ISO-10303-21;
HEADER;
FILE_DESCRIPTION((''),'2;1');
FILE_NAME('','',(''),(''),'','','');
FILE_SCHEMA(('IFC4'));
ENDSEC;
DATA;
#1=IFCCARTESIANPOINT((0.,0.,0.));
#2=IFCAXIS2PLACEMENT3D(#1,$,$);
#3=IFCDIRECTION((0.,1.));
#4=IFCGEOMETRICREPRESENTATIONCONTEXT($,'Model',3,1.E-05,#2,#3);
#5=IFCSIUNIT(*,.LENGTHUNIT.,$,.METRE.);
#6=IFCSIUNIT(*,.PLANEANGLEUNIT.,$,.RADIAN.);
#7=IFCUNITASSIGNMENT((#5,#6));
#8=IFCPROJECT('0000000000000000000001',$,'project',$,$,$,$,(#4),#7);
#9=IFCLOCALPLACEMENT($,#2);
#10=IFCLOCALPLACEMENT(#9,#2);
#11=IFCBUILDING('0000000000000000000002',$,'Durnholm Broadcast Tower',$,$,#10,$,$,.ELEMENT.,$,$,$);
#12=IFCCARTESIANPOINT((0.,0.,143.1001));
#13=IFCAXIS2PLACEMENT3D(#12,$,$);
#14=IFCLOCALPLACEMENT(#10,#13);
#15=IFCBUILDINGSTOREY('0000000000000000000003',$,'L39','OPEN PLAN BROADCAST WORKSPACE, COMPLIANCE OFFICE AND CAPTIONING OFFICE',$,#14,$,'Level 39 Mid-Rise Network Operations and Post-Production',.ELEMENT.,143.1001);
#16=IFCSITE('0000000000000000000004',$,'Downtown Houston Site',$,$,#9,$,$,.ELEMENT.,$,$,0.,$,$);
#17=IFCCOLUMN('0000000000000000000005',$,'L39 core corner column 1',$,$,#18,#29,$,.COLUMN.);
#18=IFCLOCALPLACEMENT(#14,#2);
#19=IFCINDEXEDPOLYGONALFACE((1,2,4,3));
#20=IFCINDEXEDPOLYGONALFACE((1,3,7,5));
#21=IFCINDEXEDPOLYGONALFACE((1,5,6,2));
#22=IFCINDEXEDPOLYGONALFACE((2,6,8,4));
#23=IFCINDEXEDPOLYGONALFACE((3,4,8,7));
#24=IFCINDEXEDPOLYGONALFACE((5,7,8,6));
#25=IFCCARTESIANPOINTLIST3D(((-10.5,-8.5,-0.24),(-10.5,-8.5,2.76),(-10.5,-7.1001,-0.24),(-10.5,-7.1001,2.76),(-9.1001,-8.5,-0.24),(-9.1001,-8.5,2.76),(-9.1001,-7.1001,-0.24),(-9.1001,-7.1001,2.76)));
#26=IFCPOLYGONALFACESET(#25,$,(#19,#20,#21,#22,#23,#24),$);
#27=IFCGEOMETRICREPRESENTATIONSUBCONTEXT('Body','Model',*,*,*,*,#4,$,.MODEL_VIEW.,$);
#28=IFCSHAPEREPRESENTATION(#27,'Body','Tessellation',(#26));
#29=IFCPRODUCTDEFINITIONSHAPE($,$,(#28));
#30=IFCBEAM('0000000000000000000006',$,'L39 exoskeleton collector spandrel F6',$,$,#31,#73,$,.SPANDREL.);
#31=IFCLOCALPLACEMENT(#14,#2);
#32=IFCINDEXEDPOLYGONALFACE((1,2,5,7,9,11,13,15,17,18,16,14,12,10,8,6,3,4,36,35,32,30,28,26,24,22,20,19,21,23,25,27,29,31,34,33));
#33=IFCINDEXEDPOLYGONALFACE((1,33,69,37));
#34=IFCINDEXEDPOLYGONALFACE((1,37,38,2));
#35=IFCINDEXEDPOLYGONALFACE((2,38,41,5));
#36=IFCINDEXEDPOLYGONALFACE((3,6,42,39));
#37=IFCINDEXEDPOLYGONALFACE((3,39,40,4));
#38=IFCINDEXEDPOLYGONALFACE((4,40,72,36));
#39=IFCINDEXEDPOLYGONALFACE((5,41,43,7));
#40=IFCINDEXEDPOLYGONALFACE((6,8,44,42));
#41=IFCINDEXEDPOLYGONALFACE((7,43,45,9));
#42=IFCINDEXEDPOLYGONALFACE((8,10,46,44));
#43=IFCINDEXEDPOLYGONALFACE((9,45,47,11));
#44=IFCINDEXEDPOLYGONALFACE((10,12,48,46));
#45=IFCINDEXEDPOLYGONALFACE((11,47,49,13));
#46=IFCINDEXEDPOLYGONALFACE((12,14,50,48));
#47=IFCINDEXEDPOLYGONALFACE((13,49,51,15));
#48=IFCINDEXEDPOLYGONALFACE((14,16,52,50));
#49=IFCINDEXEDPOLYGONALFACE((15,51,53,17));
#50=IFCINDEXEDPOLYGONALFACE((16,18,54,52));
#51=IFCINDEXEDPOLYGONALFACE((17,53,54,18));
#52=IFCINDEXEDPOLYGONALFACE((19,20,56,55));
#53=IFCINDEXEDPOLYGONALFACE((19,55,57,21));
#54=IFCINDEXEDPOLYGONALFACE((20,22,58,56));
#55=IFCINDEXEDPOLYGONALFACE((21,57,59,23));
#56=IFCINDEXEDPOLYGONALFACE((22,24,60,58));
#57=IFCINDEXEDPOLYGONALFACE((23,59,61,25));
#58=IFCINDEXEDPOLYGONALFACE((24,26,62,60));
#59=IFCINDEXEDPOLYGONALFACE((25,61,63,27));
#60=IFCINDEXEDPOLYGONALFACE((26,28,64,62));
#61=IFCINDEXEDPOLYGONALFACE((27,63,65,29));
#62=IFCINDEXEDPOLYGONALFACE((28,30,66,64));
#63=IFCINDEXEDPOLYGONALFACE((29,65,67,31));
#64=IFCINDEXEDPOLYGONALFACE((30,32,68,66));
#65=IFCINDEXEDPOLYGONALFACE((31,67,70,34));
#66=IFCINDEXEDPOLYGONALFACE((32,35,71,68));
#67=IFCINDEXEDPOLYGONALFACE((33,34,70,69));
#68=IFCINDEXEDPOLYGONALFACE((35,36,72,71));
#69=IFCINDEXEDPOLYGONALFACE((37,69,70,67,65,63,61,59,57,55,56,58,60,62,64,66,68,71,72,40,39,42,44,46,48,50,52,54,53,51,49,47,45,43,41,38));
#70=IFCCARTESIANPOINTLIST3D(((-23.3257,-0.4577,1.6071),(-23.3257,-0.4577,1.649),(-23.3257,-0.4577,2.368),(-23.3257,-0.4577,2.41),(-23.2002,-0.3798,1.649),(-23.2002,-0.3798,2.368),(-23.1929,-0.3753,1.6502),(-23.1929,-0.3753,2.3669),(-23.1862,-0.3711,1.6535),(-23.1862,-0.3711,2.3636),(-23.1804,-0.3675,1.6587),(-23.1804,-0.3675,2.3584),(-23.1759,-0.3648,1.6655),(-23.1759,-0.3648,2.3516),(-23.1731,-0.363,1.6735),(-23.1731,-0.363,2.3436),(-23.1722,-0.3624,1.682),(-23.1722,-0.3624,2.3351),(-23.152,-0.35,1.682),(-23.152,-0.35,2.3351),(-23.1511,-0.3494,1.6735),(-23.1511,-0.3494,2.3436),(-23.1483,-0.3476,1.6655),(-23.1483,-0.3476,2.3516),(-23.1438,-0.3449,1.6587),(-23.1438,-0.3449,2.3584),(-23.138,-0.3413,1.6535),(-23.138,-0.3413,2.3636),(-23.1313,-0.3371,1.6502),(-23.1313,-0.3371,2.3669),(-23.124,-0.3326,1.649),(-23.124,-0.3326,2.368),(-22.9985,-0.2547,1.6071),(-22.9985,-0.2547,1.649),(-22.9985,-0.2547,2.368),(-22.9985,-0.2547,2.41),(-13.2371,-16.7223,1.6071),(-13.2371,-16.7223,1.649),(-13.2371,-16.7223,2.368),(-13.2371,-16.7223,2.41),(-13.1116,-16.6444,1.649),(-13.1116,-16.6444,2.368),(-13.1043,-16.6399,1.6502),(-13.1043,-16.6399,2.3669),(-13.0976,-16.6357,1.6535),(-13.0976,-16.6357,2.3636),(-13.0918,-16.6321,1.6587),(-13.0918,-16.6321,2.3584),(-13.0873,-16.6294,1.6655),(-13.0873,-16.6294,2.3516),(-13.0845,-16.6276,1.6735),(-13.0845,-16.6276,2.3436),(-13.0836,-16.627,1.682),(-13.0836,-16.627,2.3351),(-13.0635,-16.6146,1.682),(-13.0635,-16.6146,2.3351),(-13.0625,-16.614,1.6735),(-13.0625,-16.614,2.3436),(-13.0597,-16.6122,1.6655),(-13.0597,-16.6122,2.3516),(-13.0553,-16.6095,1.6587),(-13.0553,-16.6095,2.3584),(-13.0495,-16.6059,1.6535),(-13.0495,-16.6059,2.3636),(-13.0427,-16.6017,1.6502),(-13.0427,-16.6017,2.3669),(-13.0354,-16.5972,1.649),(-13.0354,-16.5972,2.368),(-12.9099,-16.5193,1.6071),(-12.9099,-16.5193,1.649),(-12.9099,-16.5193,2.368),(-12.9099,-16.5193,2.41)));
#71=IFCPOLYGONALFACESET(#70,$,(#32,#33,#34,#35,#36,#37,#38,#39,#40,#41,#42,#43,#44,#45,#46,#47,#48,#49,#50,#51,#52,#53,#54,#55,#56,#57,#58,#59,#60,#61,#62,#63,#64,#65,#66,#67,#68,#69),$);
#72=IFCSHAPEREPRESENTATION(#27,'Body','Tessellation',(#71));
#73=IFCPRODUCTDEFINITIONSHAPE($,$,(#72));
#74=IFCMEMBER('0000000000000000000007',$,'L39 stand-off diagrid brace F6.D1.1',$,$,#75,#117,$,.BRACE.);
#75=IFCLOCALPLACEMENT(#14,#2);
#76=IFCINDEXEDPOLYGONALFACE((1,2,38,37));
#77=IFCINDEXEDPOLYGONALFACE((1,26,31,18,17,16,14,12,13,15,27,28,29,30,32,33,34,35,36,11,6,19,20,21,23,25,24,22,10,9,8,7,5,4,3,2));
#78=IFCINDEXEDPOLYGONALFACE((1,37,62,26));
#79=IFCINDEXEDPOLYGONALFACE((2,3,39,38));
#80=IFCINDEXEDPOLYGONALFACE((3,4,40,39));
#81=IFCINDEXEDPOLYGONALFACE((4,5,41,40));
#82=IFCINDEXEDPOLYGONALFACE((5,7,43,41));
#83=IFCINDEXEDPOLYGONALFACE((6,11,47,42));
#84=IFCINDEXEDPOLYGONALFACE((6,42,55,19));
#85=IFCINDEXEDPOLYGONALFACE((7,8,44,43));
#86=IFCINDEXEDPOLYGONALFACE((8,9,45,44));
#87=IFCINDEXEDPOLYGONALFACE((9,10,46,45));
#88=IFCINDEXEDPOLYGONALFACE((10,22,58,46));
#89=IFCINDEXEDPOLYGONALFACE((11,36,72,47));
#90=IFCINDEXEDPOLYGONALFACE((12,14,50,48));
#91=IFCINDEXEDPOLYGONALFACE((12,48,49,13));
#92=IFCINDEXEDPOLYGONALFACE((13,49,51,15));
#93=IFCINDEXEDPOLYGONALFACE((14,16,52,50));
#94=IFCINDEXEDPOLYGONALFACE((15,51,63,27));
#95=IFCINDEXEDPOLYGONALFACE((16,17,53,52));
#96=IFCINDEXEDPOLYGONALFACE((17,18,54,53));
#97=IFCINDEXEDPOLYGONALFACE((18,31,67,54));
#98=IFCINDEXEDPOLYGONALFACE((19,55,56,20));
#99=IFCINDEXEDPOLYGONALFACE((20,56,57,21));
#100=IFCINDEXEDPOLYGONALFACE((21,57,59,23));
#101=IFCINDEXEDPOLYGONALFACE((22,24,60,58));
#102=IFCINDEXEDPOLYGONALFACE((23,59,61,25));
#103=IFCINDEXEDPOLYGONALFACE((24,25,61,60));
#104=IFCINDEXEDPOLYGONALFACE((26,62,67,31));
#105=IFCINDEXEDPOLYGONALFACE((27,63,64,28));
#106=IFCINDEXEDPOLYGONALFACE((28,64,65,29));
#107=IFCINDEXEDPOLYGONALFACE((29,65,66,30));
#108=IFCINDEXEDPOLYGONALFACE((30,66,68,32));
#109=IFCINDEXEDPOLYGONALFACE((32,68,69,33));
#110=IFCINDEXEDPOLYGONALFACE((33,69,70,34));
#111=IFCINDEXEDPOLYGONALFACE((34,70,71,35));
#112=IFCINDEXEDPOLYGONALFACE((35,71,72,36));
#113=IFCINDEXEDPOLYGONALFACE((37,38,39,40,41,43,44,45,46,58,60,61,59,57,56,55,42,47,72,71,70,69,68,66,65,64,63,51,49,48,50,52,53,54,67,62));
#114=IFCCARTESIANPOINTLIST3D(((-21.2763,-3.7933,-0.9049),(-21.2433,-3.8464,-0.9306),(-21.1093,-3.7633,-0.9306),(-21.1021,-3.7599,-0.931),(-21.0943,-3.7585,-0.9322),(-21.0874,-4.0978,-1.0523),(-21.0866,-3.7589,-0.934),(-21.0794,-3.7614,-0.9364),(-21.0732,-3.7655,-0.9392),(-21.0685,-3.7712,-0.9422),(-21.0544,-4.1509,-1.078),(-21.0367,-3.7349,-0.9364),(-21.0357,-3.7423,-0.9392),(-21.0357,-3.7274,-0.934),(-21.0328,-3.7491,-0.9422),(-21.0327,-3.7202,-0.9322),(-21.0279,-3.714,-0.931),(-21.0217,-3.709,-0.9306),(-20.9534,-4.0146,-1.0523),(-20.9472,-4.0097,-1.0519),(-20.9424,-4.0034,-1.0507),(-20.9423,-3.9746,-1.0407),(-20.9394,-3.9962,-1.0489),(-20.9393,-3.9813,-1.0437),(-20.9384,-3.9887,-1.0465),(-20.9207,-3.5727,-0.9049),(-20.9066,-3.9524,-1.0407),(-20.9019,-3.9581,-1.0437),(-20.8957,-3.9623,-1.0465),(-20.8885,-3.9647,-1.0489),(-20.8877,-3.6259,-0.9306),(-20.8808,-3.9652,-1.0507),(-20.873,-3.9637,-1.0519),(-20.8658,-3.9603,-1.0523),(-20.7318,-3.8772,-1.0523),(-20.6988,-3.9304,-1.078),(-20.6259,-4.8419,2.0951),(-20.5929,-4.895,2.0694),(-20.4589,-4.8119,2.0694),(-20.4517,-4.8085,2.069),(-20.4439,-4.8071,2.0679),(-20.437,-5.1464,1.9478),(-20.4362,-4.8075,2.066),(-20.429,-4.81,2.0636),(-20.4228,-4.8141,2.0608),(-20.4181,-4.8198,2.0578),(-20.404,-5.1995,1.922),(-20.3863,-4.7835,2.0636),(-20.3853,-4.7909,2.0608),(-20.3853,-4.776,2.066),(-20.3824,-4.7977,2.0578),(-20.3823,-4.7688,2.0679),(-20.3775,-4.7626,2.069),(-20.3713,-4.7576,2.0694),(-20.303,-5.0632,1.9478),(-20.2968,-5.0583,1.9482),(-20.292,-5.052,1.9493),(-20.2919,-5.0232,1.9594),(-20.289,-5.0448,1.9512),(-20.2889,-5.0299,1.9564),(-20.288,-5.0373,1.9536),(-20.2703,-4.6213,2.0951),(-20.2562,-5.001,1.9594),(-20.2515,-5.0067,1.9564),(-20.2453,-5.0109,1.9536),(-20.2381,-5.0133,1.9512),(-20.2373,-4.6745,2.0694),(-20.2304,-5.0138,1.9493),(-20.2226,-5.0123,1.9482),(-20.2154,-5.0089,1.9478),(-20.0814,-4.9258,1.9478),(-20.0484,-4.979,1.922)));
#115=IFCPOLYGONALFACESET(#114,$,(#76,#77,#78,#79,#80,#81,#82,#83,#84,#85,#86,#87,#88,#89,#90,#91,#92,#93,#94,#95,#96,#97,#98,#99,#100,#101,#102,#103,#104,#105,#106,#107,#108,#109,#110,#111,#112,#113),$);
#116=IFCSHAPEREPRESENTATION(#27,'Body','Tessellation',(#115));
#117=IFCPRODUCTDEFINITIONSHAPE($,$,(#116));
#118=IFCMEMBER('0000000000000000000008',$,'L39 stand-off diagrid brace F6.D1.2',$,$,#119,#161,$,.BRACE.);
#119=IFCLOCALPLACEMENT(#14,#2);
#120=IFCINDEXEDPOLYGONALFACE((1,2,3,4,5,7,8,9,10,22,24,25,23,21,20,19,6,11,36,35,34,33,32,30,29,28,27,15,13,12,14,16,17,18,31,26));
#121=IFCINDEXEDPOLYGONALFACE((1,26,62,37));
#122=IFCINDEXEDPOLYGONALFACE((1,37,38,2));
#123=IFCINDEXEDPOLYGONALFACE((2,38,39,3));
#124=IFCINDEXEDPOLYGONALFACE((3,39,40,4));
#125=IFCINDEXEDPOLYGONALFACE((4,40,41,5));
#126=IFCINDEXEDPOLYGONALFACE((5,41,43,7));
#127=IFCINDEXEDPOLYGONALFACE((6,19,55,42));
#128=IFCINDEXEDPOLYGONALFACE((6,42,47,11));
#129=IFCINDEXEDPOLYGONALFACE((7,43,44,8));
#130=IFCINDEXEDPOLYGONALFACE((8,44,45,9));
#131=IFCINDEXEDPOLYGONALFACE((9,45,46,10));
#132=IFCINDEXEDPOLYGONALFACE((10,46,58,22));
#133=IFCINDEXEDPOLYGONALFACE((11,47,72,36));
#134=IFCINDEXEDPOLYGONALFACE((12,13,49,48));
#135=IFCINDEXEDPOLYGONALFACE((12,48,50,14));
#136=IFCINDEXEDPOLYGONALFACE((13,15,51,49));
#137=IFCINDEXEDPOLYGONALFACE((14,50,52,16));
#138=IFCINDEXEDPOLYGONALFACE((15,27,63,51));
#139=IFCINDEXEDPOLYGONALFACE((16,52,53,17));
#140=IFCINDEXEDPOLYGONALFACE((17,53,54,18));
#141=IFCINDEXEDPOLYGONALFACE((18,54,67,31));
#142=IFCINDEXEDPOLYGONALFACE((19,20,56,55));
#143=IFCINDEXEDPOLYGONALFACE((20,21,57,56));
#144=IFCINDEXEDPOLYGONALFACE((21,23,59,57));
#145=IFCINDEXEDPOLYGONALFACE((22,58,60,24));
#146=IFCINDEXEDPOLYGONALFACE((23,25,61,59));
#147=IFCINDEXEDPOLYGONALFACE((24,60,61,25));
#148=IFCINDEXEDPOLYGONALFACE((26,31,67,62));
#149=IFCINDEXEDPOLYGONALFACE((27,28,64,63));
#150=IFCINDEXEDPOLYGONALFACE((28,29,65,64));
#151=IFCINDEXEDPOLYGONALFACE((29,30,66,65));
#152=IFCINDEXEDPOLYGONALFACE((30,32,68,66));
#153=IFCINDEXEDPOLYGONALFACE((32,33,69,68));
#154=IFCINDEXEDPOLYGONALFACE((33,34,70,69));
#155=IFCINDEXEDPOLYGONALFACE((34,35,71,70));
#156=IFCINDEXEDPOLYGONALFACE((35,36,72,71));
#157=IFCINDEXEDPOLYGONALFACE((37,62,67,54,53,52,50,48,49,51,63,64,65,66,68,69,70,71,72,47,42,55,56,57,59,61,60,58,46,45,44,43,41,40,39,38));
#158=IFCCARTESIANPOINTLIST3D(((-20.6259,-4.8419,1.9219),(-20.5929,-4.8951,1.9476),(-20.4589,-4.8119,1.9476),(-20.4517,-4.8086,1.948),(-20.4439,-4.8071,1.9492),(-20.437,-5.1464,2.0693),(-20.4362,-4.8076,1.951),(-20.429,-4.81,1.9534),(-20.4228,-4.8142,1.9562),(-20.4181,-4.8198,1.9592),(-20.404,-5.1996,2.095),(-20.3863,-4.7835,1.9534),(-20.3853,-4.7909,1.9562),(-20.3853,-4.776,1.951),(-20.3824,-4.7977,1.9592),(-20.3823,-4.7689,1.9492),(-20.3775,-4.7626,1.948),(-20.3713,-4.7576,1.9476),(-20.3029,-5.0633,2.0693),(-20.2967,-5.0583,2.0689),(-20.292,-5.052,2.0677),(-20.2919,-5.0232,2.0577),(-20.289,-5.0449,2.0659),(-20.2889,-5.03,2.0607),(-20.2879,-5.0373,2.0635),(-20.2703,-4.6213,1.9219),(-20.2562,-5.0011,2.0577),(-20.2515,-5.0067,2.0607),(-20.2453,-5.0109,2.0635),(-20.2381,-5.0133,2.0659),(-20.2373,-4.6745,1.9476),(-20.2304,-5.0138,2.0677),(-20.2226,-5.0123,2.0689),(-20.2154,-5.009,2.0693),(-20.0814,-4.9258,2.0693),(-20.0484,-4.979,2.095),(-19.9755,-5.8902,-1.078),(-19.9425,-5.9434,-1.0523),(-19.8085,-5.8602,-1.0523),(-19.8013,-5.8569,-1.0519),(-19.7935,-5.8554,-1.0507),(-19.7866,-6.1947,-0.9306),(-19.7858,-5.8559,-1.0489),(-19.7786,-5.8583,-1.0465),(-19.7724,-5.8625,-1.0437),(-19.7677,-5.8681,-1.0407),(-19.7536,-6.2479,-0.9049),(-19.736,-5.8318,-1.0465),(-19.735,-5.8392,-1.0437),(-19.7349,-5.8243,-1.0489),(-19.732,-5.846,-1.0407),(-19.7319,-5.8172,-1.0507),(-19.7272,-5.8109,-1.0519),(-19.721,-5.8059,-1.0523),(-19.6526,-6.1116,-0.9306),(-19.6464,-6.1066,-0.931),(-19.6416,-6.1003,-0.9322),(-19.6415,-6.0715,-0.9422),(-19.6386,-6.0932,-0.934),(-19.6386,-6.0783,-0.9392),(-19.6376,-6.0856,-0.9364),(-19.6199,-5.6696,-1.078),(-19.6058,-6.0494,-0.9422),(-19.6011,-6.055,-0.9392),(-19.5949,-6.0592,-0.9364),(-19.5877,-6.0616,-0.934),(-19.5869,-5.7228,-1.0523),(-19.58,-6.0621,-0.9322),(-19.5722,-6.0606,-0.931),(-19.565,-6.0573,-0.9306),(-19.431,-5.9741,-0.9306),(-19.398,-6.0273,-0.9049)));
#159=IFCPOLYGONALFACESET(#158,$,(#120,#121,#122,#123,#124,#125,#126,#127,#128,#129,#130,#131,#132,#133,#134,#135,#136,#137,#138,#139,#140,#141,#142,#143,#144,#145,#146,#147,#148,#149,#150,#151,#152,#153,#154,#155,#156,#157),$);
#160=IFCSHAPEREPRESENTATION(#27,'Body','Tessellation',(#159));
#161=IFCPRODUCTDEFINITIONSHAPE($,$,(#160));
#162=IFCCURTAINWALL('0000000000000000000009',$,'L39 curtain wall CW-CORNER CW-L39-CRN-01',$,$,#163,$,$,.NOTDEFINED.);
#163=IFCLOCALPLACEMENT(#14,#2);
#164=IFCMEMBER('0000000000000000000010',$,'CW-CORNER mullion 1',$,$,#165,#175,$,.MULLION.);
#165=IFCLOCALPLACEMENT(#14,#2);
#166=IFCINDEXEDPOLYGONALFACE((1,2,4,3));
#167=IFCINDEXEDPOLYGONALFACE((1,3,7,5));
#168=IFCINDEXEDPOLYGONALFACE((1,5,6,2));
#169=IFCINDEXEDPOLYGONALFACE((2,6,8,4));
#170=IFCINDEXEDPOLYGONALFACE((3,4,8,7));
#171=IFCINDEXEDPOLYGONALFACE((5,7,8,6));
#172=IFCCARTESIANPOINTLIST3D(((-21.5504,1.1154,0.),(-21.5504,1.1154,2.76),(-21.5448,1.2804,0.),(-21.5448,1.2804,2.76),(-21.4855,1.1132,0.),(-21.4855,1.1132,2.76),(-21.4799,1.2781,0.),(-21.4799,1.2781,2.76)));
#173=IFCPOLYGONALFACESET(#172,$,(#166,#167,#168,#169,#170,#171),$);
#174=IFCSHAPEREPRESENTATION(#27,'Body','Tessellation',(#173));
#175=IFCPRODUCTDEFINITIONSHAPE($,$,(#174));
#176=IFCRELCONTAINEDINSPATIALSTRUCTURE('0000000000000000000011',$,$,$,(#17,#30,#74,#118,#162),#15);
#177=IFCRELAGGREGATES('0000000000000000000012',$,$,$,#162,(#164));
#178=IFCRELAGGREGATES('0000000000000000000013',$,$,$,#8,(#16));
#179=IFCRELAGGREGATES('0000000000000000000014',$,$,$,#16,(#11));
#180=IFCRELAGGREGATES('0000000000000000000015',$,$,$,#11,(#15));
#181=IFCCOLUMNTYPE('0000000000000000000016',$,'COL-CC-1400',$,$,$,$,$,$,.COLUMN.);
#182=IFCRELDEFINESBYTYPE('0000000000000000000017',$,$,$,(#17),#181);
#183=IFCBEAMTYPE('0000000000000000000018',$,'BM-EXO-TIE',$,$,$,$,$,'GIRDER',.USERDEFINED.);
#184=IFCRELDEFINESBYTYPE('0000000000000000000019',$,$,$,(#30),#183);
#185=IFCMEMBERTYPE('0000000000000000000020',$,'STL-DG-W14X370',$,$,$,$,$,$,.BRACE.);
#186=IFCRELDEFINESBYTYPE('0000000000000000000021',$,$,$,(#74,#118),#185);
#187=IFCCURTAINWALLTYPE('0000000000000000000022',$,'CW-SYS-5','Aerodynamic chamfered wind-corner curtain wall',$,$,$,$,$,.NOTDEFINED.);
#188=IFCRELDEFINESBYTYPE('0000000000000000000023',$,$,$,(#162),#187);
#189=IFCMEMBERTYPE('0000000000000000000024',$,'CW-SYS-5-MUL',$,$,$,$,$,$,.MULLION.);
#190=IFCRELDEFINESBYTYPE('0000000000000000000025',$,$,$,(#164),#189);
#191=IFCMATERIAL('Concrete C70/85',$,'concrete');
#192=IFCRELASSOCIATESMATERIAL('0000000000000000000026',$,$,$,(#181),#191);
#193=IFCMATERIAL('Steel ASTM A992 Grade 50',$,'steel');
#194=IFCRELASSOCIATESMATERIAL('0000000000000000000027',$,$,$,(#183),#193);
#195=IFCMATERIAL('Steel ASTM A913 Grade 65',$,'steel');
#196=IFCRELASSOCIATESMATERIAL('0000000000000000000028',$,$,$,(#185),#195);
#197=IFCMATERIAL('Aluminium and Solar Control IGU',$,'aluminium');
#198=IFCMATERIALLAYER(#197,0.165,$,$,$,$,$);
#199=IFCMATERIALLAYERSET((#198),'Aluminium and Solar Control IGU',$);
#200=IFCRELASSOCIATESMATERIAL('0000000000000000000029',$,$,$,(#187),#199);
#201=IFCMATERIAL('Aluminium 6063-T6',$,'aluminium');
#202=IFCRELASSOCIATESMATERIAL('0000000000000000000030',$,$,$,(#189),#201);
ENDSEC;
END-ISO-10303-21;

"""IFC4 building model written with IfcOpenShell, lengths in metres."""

from ifc_helpers import new_model, si_unit, direction, frame, origin, origin_2d, place, context, subcontext, project, spatial, rectangle, i_section, extrude, source, transform, mapped, material, layer, layer_set, material_profile, profile_set, type_object, type_shapes, element, aggregate, save


model = new_model("IFC4")

# Units and contexts
model_context = context("Model", 3, precision=1e-05, world=origin(), true_north=direction((0.0, 1.0)))
body_context = subcontext(model_context, "Body", "Model", "MODEL_VIEW")
ifc_project = project(units=[si_unit("LENGTHUNIT", "METRE"), si_unit("PLANEANGLEUNIT", "RADIAN")], contexts=[model_context])

# Site, building, storey
site_placement = place(None, origin())
site = spatial("IfcSite", under=ifc_project, at=site_placement, Name="Downtown Houston Site", CompositionType="ELEMENT", RefElevation=0.0)
building_placement = place(site_placement, origin())
building = spatial("IfcBuilding", under=site, at=building_placement, Name="Durnholm Broadcast Tower", CompositionType="ELEMENT")
storey_placement = place(building_placement, frame((0.0, 0.0, 143.1001)))
storey = spatial("IfcBuildingStorey", under=building, at=storey_placement, Name="L39", Description="OPEN PLAN BROADCAST WORKSPACE, COMPLIANCE OFFICE AND CAPTIONING OFFICE", LongName="Level 39 Mid-Rise Network Operations and Post-Production", CompositionType="ELEMENT", Elevation=143.1001)

# Column
ifc_material_1 = material(Name="Concrete C70/85", Category="concrete")
ifc_material_profile_1 = material_profile(ifc_material_1, rectangle(XDim=1.3999, YDim=1.3999, at=origin_2d()), Name="RC1400X1400")
ifc_profile_set_1 = profile_set([ifc_material_profile_1], Name="Concrete C70/85")
column_type = type_object("IfcColumnType", Name="COL-CC-1400", PredefinedType="COLUMN", material=ifc_profile_set_1)
shared_shape_1 = source(origin(), body_context, "Body", "SweptSolid", [
    extrude(rectangle(XDim=1.3999, YDim=1.3999, at=origin_2d()), origin(), (0.0, 0.0, 1.0), 3.0),
])
type_shapes(column_type, [shared_shape_1])
column_placement = place(storey_placement, frame((-9.8, -7.8, -0.24), z_axis=(0.0, 0.0, 1.0), x_axis=(1.0, 0.0, 0.0)))
element("IfcColumn", 1, at=column_placement, inside=storey, type_object=column_type, Name="L39 core corner column 1", PredefinedType="COLUMN", context=body_context, shape_type="MappedRepresentation", body=[
    mapped(shared_shape_1, transform((0.0, 0.0, 0.0), x_axis=(1.0, 0.0, 0.0), y_axis=(0.0, 1.0, 0.0), z_axis=(0.0, 0.0, 1.0), scale=1.0)),
])

# Beam
ifc_material_2 = material(Name="Steel ASTM A992 Grade 50", Category="steel")
ifc_material_profile_2 = material_profile(ifc_material_2, i_section(OverallWidth=0.385, OverallDepth=0.803, WebThickness=0.0237, FlangeThickness=0.042, FilletRadius=0.033, at=origin_2d()), Name="W30X261")
ifc_profile_set_2 = profile_set([ifc_material_profile_2], Name="Steel ASTM A992 Grade 50")
beam_type = type_object("IfcBeamType", Name="BM-EXO-TIE", ElementType="GIRDER", PredefinedType="USERDEFINED", material=ifc_profile_set_2)
shared_shape_2 = source(origin(), body_context, "Body", "SweptSolid", [
    extrude(i_section(OverallWidth=0.385, OverallDepth=0.803, WebThickness=0.0237, FlangeThickness=0.042, FilletRadius=0.033, at=origin_2d()), origin(), (0.0, 0.0, 1.0), 19.1394),
])
type_shapes(beam_type, [shared_shape_2])
beam_placement = place(storey_placement, frame((-23.1621, -0.3562, 2.0085), z_axis=(0.527111, -0.849796, 0.0), x_axis=(0.849796, 0.527111, 0.0)))
element("IfcBeam", 2, at=beam_placement, inside=storey, type_object=beam_type, Name="L39 exoskeleton collector spandrel F6", PredefinedType="SPANDREL", context=body_context, shape_type="MappedRepresentation", body=[
    mapped(shared_shape_2, transform((0.0, 0.0, 0.0), x_axis=(1.0, 0.0, 0.0), y_axis=(0.0, 1.0, 0.0), z_axis=(0.0, 0.0, 1.0), scale=1.0)),
])

# Members
ifc_material_3 = material(Name="Steel ASTM A913 Grade 65", Category="steel")
ifc_material_profile_3 = material_profile(ifc_material_3, i_section(OverallWidth=0.4185, OverallDepth=0.4551, WebThickness=0.042, FlangeThickness=0.0676, FilletRadius=0.0305, at=origin_2d()), Name="W14X370")
ifc_profile_set_3 = profile_set([ifc_material_profile_3], Name="Steel ASTM A913 Grade 65")
member_type_1 = type_object("IfcMemberType", Name="STL-DG-W14X370", PredefinedType="BRACE", material=ifc_profile_set_3)
shared_shape_3 = source(origin(), body_context, "Body", "SweptSolid", [
    extrude(i_section(OverallWidth=0.4185, OverallDepth=0.4551, WebThickness=0.042, FlangeThickness=0.0676, FilletRadius=0.0305, at=origin_2d()), origin(), (0.0, 0.0, 1.0), 3.2439),
])
member_1_placement = place(storey_placement, frame((-20.9875, -3.8618, -0.9915), z_axis=(0.2005, -0.323253, 0.924828), x_axis=(0.849805, 0.527097, 0.0)))
element("IfcMember", 3, at=member_1_placement, inside=storey, type_object=member_type_1, Name="L39 stand-off diagrid brace F6.D1.1", PredefinedType="BRACE", context=body_context, shape_type="MappedRepresentation", body=[
    mapped(shared_shape_3, transform((0.0, 0.0, 0.0), x_axis=(1.0, 0.0, 0.0), y_axis=(0.0, 1.0, 0.0), z_axis=(0.0, 0.0, 1.0), scale=1.0)),
])
shared_shape_4 = source(origin(), body_context, "Body", "SweptSolid", [
    extrude(i_section(OverallWidth=0.4185, OverallDepth=0.4551, WebThickness=0.042, FlangeThickness=0.0676, FilletRadius=0.0305, at=origin_2d()), origin(), (0.0, 0.0, 1.0), 3.2437),
])
type_shapes(member_type_1, [shared_shape_3, shared_shape_4])
member_2_placement = place(storey_placement, frame((-19.6868, -5.9587, -0.9915), z_axis=(-0.200505, 0.323186, 0.924851), x_axis=(-0.84975, -0.527186, 0.0)))
element("IfcMember", 4, at=member_2_placement, inside=storey, type_object=member_type_1, Name="L39 stand-off diagrid brace F6.D1.2", PredefinedType="BRACE", context=body_context, shape_type="MappedRepresentation", body=[
    mapped(shared_shape_4, transform((0.0, 0.0, 0.0), x_axis=(1.0, 0.0, 0.0), y_axis=(0.0, 1.0, 0.0), z_axis=(0.0, 0.0, 1.0), scale=1.0)),
])

# Curtain wall, member
ifc_material_4 = material(Name="Aluminium and Solar Control IGU", Category="aluminium")
ifc_layer_1 = layer(ifc_material_4, 0.165)
ifc_layer_set_1 = layer_set([ifc_layer_1], Name="Aluminium and Solar Control IGU")
curtain_wall_type_1 = type_object("IfcCurtainWallType", Name="CW-SYS-5", Description="Aerodynamic chamfered wind-corner curtain wall", PredefinedType="NOTDEFINED", material=ifc_layer_set_1)
curtain_wall_1_placement = place(storey_placement, origin())
curtain_wall_1 = element("IfcCurtainWall", 5, at=curtain_wall_1_placement, inside=storey, type_object=curtain_wall_type_1, Name="L39 curtain wall CW-CORNER CW-L39-CRN-01", PredefinedType="NOTDEFINED")
ifc_material_5 = material(Name="Aluminium 6063-T6", Category="aluminium")
ifc_material_profile_4 = material_profile(ifc_material_5, rectangle(XDim=0.0649, YDim=0.165, at=origin_2d()), Name="CWM65X165")
ifc_profile_set_4 = profile_set([ifc_material_profile_4], Name="Aluminium 6063-T6")
member_type_2 = type_object("IfcMemberType", Name="CW-SYS-5-MUL", PredefinedType="MULLION", material=ifc_profile_set_4)
shared_shape_5 = source(origin(), body_context, "Body", "SweptSolid", [
    extrude(rectangle(XDim=0.0649, YDim=0.165, at=origin_2d()), origin(), (0.0, 0.0, 1.0), 2.76),
])
type_shapes(member_type_2, [shared_shape_5])
member_3_placement = place(storey_placement, frame((-21.5151, 1.1968, 0.0), z_axis=(0.0, 0.0, 1.0), x_axis=(-0.999425, 0.033917, 0.0)))
member_3 = element("IfcMember", 6, at=member_3_placement, type_object=member_type_2, Name="CW-CORNER mullion 1", PredefinedType="MULLION", context=body_context, shape_type="MappedRepresentation", body=[
    mapped(shared_shape_5, transform((0.0, 0.0, 0.0), x_axis=(1.0, 0.0, 0.0), y_axis=(0.0, 1.0, 0.0), z_axis=(0.0, 0.0, 1.0), scale=1.0)),
])
aggregate(curtain_wall_1, [member_3])

save(model, "model.ifc")
